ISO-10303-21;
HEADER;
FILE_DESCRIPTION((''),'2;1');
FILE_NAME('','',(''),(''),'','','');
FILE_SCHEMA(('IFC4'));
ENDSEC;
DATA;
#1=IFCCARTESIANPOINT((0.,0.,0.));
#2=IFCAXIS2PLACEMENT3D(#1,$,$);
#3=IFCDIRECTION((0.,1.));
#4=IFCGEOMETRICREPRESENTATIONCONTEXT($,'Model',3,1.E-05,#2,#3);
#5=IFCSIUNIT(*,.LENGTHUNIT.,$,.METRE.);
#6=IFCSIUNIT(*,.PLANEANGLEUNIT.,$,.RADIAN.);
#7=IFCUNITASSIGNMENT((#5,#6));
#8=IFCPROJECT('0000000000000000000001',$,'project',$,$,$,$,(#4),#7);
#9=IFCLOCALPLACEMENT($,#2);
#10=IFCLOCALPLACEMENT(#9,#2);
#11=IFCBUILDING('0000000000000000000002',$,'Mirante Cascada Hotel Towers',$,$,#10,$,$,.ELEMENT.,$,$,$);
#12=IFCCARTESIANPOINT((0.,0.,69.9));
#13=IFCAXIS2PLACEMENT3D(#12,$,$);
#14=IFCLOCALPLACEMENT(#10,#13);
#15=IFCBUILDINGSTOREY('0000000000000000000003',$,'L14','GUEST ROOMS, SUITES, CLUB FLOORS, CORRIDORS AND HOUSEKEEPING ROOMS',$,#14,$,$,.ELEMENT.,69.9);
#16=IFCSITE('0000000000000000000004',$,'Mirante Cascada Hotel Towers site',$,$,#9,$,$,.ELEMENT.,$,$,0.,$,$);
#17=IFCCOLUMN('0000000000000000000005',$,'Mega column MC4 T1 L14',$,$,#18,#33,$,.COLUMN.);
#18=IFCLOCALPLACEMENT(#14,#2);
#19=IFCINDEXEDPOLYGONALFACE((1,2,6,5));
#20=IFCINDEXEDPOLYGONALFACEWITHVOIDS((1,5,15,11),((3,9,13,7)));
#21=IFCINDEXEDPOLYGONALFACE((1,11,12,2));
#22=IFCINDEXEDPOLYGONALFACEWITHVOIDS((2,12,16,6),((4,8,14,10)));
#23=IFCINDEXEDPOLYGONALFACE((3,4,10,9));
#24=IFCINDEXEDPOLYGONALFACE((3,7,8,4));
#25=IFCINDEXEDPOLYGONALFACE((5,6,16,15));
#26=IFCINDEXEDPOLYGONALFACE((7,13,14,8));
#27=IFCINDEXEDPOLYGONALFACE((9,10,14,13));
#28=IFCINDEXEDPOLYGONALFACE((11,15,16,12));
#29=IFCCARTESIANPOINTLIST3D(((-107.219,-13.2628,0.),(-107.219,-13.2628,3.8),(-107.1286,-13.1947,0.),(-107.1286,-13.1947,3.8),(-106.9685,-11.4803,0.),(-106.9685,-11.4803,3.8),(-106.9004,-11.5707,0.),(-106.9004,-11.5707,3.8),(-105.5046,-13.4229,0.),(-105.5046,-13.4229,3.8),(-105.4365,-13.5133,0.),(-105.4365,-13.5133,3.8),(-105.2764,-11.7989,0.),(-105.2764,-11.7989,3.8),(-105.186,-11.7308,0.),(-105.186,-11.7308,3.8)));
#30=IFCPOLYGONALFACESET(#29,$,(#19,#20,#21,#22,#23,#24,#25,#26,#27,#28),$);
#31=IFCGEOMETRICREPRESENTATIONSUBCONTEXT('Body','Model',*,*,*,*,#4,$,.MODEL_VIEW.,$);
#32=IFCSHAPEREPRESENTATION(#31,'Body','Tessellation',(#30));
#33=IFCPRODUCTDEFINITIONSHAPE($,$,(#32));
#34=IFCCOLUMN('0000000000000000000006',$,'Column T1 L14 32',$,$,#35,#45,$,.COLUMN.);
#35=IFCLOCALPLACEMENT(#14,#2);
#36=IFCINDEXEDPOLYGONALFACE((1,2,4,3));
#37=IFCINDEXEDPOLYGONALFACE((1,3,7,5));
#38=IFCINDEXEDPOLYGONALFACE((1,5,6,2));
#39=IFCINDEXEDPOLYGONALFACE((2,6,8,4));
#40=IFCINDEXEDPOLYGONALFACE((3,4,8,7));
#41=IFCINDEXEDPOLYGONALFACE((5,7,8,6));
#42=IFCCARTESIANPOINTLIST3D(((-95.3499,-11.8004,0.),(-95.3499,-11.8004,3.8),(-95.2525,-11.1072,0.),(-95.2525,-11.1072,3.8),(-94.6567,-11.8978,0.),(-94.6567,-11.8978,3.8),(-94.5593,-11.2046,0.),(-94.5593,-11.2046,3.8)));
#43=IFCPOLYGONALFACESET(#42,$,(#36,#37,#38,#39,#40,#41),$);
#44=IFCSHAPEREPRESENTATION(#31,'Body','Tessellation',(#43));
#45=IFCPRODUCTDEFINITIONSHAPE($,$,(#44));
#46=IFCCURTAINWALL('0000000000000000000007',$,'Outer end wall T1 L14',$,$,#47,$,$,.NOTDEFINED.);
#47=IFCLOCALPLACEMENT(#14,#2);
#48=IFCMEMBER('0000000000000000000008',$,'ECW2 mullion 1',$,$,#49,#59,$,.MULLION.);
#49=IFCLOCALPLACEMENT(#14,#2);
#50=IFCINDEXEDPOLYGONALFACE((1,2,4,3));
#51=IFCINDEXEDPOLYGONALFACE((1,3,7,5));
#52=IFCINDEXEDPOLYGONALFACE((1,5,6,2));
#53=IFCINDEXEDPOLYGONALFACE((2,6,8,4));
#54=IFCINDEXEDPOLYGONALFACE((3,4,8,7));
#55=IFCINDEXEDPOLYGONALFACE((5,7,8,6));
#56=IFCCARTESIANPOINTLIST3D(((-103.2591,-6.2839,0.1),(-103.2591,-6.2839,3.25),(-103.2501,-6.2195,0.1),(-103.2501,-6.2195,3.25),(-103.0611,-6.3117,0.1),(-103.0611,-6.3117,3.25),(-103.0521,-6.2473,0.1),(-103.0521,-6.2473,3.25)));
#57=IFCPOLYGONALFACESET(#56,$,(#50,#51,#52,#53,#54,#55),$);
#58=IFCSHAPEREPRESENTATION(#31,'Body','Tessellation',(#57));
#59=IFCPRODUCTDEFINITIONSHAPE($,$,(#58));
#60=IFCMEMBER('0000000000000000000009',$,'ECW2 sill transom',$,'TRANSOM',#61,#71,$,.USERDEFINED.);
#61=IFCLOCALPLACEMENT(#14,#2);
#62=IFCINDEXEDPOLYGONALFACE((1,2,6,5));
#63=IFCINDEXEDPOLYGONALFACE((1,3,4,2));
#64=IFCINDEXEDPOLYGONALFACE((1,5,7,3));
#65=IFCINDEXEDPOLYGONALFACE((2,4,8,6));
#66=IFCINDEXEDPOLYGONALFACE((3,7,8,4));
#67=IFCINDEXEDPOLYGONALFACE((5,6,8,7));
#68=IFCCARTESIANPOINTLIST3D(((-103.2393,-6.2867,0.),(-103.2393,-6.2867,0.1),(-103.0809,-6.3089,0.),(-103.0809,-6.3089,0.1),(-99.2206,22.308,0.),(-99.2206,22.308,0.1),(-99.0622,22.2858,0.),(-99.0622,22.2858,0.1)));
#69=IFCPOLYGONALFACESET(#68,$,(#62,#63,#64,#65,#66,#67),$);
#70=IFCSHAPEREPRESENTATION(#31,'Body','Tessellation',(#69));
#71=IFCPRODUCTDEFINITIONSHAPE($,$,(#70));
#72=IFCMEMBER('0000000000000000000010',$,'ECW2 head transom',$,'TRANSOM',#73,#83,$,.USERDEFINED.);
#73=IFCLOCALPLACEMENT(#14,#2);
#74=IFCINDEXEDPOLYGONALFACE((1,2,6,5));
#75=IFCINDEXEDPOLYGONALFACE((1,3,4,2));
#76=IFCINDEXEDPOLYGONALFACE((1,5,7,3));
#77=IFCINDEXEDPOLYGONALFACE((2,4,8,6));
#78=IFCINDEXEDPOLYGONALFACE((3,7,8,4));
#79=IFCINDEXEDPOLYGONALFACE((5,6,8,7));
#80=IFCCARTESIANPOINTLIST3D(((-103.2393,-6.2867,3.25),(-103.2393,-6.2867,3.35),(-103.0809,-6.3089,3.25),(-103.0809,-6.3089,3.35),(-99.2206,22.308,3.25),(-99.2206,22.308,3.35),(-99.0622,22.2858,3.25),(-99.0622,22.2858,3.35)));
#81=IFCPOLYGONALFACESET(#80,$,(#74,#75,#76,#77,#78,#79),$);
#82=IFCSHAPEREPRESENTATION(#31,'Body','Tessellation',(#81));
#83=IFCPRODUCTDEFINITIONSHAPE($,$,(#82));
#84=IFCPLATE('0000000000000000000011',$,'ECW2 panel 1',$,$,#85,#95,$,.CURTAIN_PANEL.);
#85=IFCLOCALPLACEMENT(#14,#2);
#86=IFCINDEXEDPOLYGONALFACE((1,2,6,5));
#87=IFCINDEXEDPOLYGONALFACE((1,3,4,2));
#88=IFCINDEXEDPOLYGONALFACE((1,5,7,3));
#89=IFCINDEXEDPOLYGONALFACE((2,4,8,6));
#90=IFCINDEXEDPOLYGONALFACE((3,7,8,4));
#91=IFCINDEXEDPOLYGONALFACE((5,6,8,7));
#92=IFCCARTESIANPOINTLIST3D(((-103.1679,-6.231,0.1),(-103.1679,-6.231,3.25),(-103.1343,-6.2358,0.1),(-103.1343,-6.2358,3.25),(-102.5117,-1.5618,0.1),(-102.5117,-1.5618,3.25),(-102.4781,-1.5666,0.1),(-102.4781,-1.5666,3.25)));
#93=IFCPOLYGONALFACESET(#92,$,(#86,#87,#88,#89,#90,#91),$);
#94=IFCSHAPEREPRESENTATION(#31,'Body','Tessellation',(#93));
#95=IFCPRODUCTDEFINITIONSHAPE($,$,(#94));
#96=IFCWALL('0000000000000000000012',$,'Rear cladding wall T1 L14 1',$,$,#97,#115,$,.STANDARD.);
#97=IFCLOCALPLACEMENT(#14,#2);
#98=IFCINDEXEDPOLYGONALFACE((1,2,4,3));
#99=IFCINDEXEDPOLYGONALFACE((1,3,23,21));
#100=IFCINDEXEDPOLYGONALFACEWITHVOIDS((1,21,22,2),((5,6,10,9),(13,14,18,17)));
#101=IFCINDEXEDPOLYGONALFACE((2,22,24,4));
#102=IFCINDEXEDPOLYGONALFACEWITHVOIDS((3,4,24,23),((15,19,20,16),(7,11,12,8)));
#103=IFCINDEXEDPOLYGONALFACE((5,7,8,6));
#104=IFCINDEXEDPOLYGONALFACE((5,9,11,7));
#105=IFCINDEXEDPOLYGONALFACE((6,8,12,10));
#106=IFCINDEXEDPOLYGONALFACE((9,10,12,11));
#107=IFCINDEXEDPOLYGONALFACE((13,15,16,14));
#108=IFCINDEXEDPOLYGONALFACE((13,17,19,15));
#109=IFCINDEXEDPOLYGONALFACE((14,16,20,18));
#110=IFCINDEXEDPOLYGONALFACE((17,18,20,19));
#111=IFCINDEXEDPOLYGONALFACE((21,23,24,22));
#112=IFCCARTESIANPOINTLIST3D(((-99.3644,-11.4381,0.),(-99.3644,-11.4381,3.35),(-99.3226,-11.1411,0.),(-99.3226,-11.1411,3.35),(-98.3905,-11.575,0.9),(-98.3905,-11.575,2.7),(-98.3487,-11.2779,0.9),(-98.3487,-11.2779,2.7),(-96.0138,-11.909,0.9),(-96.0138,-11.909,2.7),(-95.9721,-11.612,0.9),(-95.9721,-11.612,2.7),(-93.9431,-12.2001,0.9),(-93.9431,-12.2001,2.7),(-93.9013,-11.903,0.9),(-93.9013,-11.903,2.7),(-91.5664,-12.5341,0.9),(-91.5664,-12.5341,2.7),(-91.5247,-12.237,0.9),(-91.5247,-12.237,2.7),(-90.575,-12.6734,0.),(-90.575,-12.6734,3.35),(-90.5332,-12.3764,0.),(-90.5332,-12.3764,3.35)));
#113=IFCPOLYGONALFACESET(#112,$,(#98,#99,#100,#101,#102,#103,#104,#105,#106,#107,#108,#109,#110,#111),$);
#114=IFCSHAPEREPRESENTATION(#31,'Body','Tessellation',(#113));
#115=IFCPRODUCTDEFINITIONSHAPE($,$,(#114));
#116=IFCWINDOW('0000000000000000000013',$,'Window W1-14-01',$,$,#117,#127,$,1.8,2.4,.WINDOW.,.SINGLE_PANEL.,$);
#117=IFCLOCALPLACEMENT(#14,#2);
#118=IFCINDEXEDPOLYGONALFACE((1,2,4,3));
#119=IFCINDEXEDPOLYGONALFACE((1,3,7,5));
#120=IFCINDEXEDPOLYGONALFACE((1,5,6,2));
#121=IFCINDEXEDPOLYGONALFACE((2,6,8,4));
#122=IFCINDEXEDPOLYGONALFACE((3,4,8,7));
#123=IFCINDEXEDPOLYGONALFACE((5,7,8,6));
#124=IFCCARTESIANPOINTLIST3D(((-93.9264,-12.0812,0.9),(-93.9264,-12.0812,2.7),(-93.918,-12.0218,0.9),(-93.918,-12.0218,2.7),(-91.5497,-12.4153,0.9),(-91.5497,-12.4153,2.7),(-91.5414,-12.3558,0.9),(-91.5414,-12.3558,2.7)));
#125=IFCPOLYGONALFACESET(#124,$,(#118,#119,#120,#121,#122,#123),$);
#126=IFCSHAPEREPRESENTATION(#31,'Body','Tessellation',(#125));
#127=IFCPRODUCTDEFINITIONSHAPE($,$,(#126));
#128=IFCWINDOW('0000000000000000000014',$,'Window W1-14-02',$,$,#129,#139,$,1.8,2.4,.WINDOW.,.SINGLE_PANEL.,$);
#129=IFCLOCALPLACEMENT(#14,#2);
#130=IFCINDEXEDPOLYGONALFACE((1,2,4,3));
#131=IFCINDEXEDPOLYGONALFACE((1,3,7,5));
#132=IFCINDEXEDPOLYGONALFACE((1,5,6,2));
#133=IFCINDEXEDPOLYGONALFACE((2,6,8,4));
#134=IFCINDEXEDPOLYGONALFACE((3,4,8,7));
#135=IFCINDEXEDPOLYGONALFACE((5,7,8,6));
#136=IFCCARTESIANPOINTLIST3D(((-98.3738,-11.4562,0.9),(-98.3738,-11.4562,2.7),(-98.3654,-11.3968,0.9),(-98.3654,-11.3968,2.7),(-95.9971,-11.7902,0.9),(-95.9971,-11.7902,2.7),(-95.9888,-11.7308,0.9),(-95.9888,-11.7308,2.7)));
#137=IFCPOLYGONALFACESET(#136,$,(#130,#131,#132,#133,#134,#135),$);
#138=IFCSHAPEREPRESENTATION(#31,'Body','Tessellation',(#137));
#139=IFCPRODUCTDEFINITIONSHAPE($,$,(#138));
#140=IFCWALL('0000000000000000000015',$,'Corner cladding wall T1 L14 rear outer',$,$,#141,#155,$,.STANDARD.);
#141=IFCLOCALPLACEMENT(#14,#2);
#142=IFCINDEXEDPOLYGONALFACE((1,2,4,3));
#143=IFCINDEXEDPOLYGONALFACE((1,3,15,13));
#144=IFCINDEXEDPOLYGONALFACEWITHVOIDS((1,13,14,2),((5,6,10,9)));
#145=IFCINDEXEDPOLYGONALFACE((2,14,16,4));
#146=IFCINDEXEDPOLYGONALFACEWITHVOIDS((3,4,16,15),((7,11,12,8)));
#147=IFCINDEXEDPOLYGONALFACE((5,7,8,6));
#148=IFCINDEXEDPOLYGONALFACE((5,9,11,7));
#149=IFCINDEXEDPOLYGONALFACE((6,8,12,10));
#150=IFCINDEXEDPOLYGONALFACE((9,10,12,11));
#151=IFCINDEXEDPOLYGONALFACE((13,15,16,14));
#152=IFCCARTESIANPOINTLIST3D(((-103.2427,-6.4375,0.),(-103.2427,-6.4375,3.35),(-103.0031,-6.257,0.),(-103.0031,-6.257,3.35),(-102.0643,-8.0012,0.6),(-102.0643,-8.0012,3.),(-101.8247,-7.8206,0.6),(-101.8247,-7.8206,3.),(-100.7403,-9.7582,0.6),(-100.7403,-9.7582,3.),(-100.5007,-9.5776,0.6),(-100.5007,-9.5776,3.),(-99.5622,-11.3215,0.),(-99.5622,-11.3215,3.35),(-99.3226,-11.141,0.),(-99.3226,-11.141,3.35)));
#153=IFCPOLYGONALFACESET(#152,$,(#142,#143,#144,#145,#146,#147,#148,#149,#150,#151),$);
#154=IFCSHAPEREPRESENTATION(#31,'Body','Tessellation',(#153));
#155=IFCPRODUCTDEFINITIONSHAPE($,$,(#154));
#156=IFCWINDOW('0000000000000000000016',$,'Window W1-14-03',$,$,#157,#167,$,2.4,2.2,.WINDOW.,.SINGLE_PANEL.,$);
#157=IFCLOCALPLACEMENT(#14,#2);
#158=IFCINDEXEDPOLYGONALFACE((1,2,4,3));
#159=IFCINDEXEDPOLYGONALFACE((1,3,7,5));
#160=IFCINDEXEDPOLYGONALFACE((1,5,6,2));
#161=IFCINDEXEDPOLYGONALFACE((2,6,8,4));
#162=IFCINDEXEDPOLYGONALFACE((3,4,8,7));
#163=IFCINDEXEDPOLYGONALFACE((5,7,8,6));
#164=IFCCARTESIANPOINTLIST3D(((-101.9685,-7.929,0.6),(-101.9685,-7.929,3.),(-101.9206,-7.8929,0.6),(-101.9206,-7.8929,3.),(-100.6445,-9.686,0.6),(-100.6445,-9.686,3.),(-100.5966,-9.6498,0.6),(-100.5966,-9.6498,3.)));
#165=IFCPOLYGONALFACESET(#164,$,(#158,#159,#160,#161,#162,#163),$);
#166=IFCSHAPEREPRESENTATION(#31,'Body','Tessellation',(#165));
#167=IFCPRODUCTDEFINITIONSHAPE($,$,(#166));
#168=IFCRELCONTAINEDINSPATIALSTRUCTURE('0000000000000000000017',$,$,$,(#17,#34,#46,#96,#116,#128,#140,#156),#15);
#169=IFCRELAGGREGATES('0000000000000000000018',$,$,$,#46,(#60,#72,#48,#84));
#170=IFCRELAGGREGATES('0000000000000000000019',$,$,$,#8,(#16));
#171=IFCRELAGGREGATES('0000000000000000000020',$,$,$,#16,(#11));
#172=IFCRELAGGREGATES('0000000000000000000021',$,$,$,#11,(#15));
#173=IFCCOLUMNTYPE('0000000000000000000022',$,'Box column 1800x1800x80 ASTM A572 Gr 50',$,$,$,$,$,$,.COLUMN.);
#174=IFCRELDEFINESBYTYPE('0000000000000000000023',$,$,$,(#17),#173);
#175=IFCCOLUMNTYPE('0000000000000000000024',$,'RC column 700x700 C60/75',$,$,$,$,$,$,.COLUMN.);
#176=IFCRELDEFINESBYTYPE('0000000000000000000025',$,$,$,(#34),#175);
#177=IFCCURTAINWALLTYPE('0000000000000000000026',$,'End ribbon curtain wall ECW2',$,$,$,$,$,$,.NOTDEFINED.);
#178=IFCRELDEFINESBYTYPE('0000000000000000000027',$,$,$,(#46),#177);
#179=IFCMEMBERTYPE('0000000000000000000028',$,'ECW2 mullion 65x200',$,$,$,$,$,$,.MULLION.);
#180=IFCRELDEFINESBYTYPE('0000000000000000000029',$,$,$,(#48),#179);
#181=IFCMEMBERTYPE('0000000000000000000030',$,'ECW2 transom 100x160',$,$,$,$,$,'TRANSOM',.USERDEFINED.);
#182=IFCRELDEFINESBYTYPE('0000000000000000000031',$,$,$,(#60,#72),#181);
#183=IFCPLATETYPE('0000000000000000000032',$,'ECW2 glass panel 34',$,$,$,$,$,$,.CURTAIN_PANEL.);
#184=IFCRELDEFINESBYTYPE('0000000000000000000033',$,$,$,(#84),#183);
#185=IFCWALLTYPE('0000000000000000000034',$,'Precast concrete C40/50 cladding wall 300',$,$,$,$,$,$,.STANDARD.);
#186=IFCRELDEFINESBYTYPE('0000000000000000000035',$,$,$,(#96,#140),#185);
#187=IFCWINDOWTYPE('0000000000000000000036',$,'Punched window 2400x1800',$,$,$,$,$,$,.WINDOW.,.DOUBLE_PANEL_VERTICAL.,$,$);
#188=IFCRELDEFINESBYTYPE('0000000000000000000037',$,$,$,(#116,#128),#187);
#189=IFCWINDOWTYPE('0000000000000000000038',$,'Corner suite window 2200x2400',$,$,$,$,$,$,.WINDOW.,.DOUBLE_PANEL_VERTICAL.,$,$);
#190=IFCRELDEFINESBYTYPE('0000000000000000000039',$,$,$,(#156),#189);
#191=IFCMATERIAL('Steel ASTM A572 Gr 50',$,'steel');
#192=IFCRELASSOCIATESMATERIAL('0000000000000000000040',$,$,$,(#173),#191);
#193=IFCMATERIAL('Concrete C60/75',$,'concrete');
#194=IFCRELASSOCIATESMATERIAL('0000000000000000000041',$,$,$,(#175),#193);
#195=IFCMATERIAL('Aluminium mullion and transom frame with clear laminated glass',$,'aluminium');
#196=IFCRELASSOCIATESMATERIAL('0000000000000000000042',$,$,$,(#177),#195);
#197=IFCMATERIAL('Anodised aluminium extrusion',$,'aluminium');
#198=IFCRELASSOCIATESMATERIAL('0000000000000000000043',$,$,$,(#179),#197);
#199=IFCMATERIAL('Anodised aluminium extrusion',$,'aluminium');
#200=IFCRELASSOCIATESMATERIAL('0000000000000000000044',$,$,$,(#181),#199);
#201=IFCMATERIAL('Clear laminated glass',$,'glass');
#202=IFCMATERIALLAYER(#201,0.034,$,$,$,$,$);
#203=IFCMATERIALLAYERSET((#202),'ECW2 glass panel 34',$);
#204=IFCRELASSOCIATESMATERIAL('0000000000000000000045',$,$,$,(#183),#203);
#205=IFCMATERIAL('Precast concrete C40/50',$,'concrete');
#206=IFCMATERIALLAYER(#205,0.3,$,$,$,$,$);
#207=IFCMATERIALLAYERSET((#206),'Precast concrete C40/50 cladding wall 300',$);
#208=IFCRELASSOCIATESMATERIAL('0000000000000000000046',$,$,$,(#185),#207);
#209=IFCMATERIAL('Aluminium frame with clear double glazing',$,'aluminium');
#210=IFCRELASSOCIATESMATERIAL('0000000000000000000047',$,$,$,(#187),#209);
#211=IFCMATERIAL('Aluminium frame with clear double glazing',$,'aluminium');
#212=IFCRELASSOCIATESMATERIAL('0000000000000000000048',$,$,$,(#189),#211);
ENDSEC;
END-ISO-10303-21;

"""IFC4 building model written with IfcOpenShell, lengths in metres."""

from ifc_helpers import new_model, si_unit, direction, frame, frame_2d, origin, origin_2d, place, context, subcontext, project, spatial, rectangle, hollow_rectangle, extrude, material, layer, layer_set, material_profile, profile_set, type_object, element, fill, aggregate, save


model = new_model("IFC4")

# Units and contexts
model_context = context("Model", 3, precision=1e-05, world=origin(), true_north=direction((0.0, 1.0)))
body_context = subcontext(model_context, "Body", "Model", "MODEL_VIEW")
ifc_project = project(units=[si_unit("LENGTHUNIT", "METRE"), si_unit("PLANEANGLEUNIT", "RADIAN")], contexts=[model_context])

# Site, building, storey
site_placement = place(None, origin())
site = spatial("IfcSite", under=ifc_project, at=site_placement, Name="Mirante Cascada Hotel Towers site", CompositionType="ELEMENT", RefElevation=0.0)
building_placement = place(site_placement, origin())
building = spatial("IfcBuilding", under=site, at=building_placement, Name="Mirante Cascada Hotel Towers", CompositionType="ELEMENT")
storey_placement = place(building_placement, frame((0.0, 0.0, 69.9)))
storey = spatial("IfcBuildingStorey", under=building, at=storey_placement, Name="L14", Description="GUEST ROOMS, SUITES, CLUB FLOORS, CORRIDORS AND HOUSEKEEPING ROOMS", CompositionType="ELEMENT", Elevation=69.9)

# Columns
ifc_material_1 = material(Name="Steel ASTM A572 Gr 50", Category="steel")
ifc_material_profile_1 = material_profile(ifc_material_1, hollow_rectangle(XDim=1.8, YDim=1.8, WallThickness=0.08, at=origin_2d()), Name="Box column 1800x1800x80 ASTM A572 Gr 50")
ifc_profile_set_1 = profile_set([ifc_material_profile_1], Name="Steel ASTM A572 Gr 50")
column_type_1 = type_object("IfcColumnType", Name="Box column 1800x1800x80 ASTM A572 Gr 50", PredefinedType="COLUMN", material=ifc_profile_set_1)
column_1_placement = place(storey_placement, frame((-106.2025, -12.4968, 0.0), z_axis=(0.0, 0.0, 1.0), x_axis=(-0.990268, 0.139173, 0.0)))
element("IfcColumn", 1, at=column_1_placement, inside=storey, type_object=column_type_1, Name="Mega column MC4 T1 L14", PredefinedType="COLUMN", context=body_context, shape_type="SweptSolid", body=[
    extrude(hollow_rectangle(XDim=1.8, YDim=1.8, WallThickness=0.08, at=origin_2d()), origin(), (0.0, 0.0, 1.0), 3.8),
])
ifc_material_2 = material(Name="Concrete C60/75", Category="concrete")
ifc_material_profile_2 = material_profile(ifc_material_2, rectangle(XDim=0.7, YDim=0.7, at=origin_2d()), Name="RC column 700x700 C60/75")
ifc_profile_set_2 = profile_set([ifc_material_profile_2], Name="Concrete C60/75")
column_type_2 = type_object("IfcColumnType", Name="RC column 700x700 C60/75", PredefinedType="COLUMN", material=ifc_profile_set_2)
column_2_placement = place(storey_placement, frame((-94.9546, -11.5025, 0.0), z_axis=(0.0, 0.0, 1.0), x_axis=(-0.990268, 0.139173, 0.0)))
element("IfcColumn", 2, at=column_2_placement, inside=storey, type_object=column_type_2, Name="Column T1 L14 32", PredefinedType="COLUMN", context=body_context, shape_type="SweptSolid", body=[
    extrude(rectangle(XDim=0.7, YDim=0.7, at=origin_2d()), origin(), (0.0, 0.0, 1.0), 3.8),
])

# Curtain wall, members, plate
ifc_material_3 = material(Name="Aluminium mullion and transom frame with clear laminated glass", Category="aluminium")
curtain_wall_type = type_object("IfcCurtainWallType", Name="End ribbon curtain wall ECW2", PredefinedType="NOTDEFINED", material=ifc_material_3)
curtain_wall_placement = place(storey_placement, origin())
curtain_wall = element("IfcCurtainWall", 3, at=curtain_wall_placement, inside=storey, type_object=curtain_wall_type, Name="Outer end wall T1 L14", PredefinedType="NOTDEFINED")
ifc_material_4 = material(Name="Anodised aluminium extrusion", Category="aluminium")
ifc_material_profile_3 = material_profile(ifc_material_4, rectangle(XDim=0.2, YDim=0.065, at=origin_2d()), Name="ECW2 MULLION 65x200")
ifc_profile_set_3 = profile_set([ifc_material_profile_3], Name="Anodised aluminium extrusion")
member_type_1 = type_object("IfcMemberType", Name="ECW2 mullion 65x200", PredefinedType="MULLION", material=ifc_profile_set_3)
member_1_placement = place(storey_placement, frame((-103.1556, -6.2656, 0.1), z_axis=(0.0, 0.0, 1.0), x_axis=(-0.990268, 0.139173, 0.0)))
member_1 = element("IfcMember", 4, at=member_1_placement, type_object=member_type_1, Name="ECW2 mullion 1", PredefinedType="MULLION", context=body_context, shape_type="SweptSolid", body=[
    extrude(rectangle(XDim=0.2, YDim=0.065, at=origin_2d()), origin(), (0.0, 0.0, 1.0), 3.15),
])
ifc_material_5 = material(Name="Anodised aluminium extrusion", Category="aluminium")
ifc_material_profile_4 = material_profile(ifc_material_5, rectangle(XDim=0.16, YDim=0.1, at=origin_2d()), Name="ECW2 TRANSOM 100x160")
ifc_profile_set_4 = profile_set([ifc_material_profile_4], Name="Anodised aluminium extrusion")
member_type_2 = type_object("IfcMemberType", Name="ECW2 transom 100x160", ElementType="TRANSOM", PredefinedType="USERDEFINED", material=ifc_profile_set_4)
member_2_placement = place(storey_placement, frame((-103.1601, -6.2978, 0.05), z_axis=(0.139172, 0.990268, 0.0), x_axis=(-0.990268, 0.139172, 0.0)))
member_2 = element("IfcMember", 5, at=member_2_placement, type_object=member_type_2, Name="ECW2 sill transom", ObjectType="TRANSOM", PredefinedType="USERDEFINED", context=body_context, shape_type="SweptSolid", body=[
    extrude(rectangle(XDim=0.16, YDim=0.1, at=origin_2d()), origin(), (0.0, 0.0, 1.0), 28.8757),
])
member_3_placement = place(storey_placement, frame((-103.1601, -6.2978, 3.3), z_axis=(0.139172, 0.990268, 0.0), x_axis=(-0.990268, 0.139172, 0.0)))
member_3 = element("IfcMember", 6, at=member_3_placement, type_object=member_type_2, Name="ECW2 head transom", ObjectType="TRANSOM", PredefinedType="USERDEFINED", context=body_context, shape_type="SweptSolid", body=[
    extrude(rectangle(XDim=0.16, YDim=0.1, at=origin_2d()), origin(), (0.0, 0.0, 1.0), 28.8757),
])
ifc_material_6 = material(Name="Clear laminated glass", Category="glass")
ifc_layer_1 = layer(ifc_material_6, 0.034)
ifc_layer_set_1 = layer_set([ifc_layer_1], Name="ECW2 glass panel 34")
plate_type = type_object("IfcPlateType", Name="ECW2 glass panel 34", PredefinedType="CURTAIN_PANEL", material=ifc_layer_set_1)
plate_placement = place(storey_placement, frame((-102.823, -3.8988, 0.1), z_axis=(0.0, 0.0, 1.0), x_axis=(0.139173, 0.990268, 0.0)))
plate = element("IfcPlate", 7, at=plate_placement, type_object=plate_type, Name="ECW2 panel 1", PredefinedType="CURTAIN_PANEL", context=body_context, shape_type="SweptSolid", body=[
    extrude(rectangle(XDim=4.7151, YDim=0.034, at=origin_2d()), origin(), (0.0, 0.0, 1.0), 3.15),
])
aggregate(curtain_wall, [member_2, member_3, member_1, plate])

# Wall, openings, windows
ifc_material_7 = material(Name="Precast concrete C40/50", Category="concrete")
ifc_layer_2 = layer(ifc_material_7, 0.3)
ifc_layer_set_2 = layer_set([ifc_layer_2], Name="Precast concrete C40/50 cladding wall 300")
wall_type_1 = type_object("IfcWallType", Name="Precast concrete C40/50 cladding wall 300", PredefinedType="STANDARD", material=ifc_layer_set_2)
wall_1_placement = place(storey_placement, frame((-90.5541, -12.5249, 0.0), z_axis=(0.0, 0.0, 1.0), x_axis=(-0.990268, 0.139177, 0.0)))
wall_1 = element("IfcWall", 8, at=wall_1_placement, inside=storey, type_object=wall_type_1, Name="Rear cladding wall T1 L14 1", PredefinedType="STANDARD", context=body_context, shape_type="SweptSolid", body=[
    extrude(rectangle(XDim=8.8758, YDim=0.3, at=frame_2d((4.4379, 0.0))), origin(), (0.0, 0.0, 1.0), 3.35),
])
opening_1_placement = place(wall_1_placement, frame((1.0012, 0.0, 0.9)))
opening_1 = element("IfcOpeningElement", 9, at=opening_1_placement, cuts=wall_1, PredefinedType="OPENING", context=body_context, shape_type="SweptSolid", body=[
    extrude(rectangle(XDim=2.4, YDim=1.8, at=frame_2d((1.2, 0.9))), frame((0.0, 0.15, 0.0), z_axis=(0.0, -1.0, 0.0), x_axis=(1.0, 0.0, 0.0)), (0.0, 0.0, 1.0), 0.3),
])
opening_2_placement = place(wall_1_placement, frame((5.4923, 0.0, 0.9)))
opening_2 = element("IfcOpeningElement", 10, at=opening_2_placement, cuts=wall_1, PredefinedType="OPENING", context=body_context, shape_type="SweptSolid", body=[
    extrude(rectangle(XDim=2.4, YDim=1.8, at=frame_2d((1.2, 0.9))), frame((0.0, 0.15, 0.0), z_axis=(0.0, -1.0, 0.0), x_axis=(1.0, 0.0, 0.0)), (0.0, 0.0, 1.0), 0.3),
])
ifc_material_8 = material(Name="Aluminium frame with clear double glazing", Category="aluminium")
window_type_1 = type_object("IfcWindowType", Name="Punched window 2400x1800", PartitioningType="DOUBLE_PANEL_VERTICAL", PredefinedType="WINDOW", material=ifc_material_8)
window_1_placement = place(opening_1_placement, origin())
window_1 = element("IfcWindow", 11, at=window_1_placement, inside=storey, type_object=window_type_1, Name="Window W1-14-01", OverallHeight=1.8, OverallWidth=2.4, PartitioningType="SINGLE_PANEL", PredefinedType="WINDOW", context=body_context, shape_type="SweptSolid", body=[
    extrude(rectangle(XDim=2.4, YDim=1.8, at=frame_2d((1.2, 0.9))), frame((0.0, 0.03, 0.0), z_axis=(0.0, -1.0, 0.0), x_axis=(1.0, 0.0, 0.0)), (0.0, 0.0, 1.0), 0.06),
])
fill(opening_1, window_1)
window_2_placement = place(opening_2_placement, origin())
window_2 = element("IfcWindow", 12, at=window_2_placement, inside=storey, type_object=window_type_1, Name="Window W1-14-02", OverallHeight=1.8, OverallWidth=2.4, PartitioningType="SINGLE_PANEL", PredefinedType="WINDOW", context=body_context, shape_type="SweptSolid", body=[
    extrude(rectangle(XDim=2.4, YDim=1.8, at=frame_2d((1.2, 0.9))), frame((0.0, 0.03, 0.0), z_axis=(0.0, -1.0, 0.0), x_axis=(1.0, 0.0, 0.0)), (0.0, 0.0, 1.0), 0.06),
])
fill(opening_2, window_2)

# Wall, opening, window
wall_2_placement = place(storey_placement, frame((-99.4424, -11.2313, 0.0), z_axis=(0.0, 0.0, 1.0), x_axis=(-0.601819, 0.798632, 0.0)))
wall_2 = element("IfcWall", 13, at=wall_2_placement, inside=storey, type_object=wall_type_1, Name="Corner cladding wall T1 L14 rear outer", PredefinedType="STANDARD", context=body_context, shape_type="SweptSolid", body=[
    extrude(rectangle(XDim=6.1155, YDim=0.3, at=frame_2d((3.0578, 0.0))), origin(), (0.0, 0.0, 1.0), 3.35),
])
opening_3_placement = place(wall_2_placement, frame((1.9576, 0.0, 0.6)))
opening_3 = element("IfcOpeningElement", 14, at=opening_3_placement, cuts=wall_2, PredefinedType="OPENING", context=body_context, shape_type="SweptSolid", body=[
    extrude(rectangle(XDim=2.2, YDim=2.4, at=frame_2d((1.1, 1.2))), frame((0.0, 0.15, 0.0), z_axis=(0.0, -1.0, 0.0), x_axis=(1.0, 0.0, 0.0)), (0.0, 0.0, 1.0), 0.3),
])
ifc_material_9 = material(Name="Aluminium frame with clear double glazing", Category="aluminium")
window_type_2 = type_object("IfcWindowType", Name="Corner suite window 2200x2400", PartitioningType="DOUBLE_PANEL_VERTICAL", PredefinedType="WINDOW", material=ifc_material_9)
window_3_placement = place(opening_3_placement, origin())
window_3 = element("IfcWindow", 15, at=window_3_placement, inside=storey, type_object=window_type_2, Name="Window W1-14-03", OverallHeight=2.4, OverallWidth=2.2, PartitioningType="SINGLE_PANEL", PredefinedType="WINDOW", context=body_context, shape_type="SweptSolid", body=[
    extrude(rectangle(XDim=2.2, YDim=2.4, at=frame_2d((1.1, 1.2))), frame((0.0, 0.03, 0.0), z_axis=(0.0, -1.0, 0.0), x_axis=(1.0, 0.0, 0.0)), (0.0, 0.0, 1.0), 0.06),
])
fill(opening_3, window_3)

save(model, "model.ifc")
